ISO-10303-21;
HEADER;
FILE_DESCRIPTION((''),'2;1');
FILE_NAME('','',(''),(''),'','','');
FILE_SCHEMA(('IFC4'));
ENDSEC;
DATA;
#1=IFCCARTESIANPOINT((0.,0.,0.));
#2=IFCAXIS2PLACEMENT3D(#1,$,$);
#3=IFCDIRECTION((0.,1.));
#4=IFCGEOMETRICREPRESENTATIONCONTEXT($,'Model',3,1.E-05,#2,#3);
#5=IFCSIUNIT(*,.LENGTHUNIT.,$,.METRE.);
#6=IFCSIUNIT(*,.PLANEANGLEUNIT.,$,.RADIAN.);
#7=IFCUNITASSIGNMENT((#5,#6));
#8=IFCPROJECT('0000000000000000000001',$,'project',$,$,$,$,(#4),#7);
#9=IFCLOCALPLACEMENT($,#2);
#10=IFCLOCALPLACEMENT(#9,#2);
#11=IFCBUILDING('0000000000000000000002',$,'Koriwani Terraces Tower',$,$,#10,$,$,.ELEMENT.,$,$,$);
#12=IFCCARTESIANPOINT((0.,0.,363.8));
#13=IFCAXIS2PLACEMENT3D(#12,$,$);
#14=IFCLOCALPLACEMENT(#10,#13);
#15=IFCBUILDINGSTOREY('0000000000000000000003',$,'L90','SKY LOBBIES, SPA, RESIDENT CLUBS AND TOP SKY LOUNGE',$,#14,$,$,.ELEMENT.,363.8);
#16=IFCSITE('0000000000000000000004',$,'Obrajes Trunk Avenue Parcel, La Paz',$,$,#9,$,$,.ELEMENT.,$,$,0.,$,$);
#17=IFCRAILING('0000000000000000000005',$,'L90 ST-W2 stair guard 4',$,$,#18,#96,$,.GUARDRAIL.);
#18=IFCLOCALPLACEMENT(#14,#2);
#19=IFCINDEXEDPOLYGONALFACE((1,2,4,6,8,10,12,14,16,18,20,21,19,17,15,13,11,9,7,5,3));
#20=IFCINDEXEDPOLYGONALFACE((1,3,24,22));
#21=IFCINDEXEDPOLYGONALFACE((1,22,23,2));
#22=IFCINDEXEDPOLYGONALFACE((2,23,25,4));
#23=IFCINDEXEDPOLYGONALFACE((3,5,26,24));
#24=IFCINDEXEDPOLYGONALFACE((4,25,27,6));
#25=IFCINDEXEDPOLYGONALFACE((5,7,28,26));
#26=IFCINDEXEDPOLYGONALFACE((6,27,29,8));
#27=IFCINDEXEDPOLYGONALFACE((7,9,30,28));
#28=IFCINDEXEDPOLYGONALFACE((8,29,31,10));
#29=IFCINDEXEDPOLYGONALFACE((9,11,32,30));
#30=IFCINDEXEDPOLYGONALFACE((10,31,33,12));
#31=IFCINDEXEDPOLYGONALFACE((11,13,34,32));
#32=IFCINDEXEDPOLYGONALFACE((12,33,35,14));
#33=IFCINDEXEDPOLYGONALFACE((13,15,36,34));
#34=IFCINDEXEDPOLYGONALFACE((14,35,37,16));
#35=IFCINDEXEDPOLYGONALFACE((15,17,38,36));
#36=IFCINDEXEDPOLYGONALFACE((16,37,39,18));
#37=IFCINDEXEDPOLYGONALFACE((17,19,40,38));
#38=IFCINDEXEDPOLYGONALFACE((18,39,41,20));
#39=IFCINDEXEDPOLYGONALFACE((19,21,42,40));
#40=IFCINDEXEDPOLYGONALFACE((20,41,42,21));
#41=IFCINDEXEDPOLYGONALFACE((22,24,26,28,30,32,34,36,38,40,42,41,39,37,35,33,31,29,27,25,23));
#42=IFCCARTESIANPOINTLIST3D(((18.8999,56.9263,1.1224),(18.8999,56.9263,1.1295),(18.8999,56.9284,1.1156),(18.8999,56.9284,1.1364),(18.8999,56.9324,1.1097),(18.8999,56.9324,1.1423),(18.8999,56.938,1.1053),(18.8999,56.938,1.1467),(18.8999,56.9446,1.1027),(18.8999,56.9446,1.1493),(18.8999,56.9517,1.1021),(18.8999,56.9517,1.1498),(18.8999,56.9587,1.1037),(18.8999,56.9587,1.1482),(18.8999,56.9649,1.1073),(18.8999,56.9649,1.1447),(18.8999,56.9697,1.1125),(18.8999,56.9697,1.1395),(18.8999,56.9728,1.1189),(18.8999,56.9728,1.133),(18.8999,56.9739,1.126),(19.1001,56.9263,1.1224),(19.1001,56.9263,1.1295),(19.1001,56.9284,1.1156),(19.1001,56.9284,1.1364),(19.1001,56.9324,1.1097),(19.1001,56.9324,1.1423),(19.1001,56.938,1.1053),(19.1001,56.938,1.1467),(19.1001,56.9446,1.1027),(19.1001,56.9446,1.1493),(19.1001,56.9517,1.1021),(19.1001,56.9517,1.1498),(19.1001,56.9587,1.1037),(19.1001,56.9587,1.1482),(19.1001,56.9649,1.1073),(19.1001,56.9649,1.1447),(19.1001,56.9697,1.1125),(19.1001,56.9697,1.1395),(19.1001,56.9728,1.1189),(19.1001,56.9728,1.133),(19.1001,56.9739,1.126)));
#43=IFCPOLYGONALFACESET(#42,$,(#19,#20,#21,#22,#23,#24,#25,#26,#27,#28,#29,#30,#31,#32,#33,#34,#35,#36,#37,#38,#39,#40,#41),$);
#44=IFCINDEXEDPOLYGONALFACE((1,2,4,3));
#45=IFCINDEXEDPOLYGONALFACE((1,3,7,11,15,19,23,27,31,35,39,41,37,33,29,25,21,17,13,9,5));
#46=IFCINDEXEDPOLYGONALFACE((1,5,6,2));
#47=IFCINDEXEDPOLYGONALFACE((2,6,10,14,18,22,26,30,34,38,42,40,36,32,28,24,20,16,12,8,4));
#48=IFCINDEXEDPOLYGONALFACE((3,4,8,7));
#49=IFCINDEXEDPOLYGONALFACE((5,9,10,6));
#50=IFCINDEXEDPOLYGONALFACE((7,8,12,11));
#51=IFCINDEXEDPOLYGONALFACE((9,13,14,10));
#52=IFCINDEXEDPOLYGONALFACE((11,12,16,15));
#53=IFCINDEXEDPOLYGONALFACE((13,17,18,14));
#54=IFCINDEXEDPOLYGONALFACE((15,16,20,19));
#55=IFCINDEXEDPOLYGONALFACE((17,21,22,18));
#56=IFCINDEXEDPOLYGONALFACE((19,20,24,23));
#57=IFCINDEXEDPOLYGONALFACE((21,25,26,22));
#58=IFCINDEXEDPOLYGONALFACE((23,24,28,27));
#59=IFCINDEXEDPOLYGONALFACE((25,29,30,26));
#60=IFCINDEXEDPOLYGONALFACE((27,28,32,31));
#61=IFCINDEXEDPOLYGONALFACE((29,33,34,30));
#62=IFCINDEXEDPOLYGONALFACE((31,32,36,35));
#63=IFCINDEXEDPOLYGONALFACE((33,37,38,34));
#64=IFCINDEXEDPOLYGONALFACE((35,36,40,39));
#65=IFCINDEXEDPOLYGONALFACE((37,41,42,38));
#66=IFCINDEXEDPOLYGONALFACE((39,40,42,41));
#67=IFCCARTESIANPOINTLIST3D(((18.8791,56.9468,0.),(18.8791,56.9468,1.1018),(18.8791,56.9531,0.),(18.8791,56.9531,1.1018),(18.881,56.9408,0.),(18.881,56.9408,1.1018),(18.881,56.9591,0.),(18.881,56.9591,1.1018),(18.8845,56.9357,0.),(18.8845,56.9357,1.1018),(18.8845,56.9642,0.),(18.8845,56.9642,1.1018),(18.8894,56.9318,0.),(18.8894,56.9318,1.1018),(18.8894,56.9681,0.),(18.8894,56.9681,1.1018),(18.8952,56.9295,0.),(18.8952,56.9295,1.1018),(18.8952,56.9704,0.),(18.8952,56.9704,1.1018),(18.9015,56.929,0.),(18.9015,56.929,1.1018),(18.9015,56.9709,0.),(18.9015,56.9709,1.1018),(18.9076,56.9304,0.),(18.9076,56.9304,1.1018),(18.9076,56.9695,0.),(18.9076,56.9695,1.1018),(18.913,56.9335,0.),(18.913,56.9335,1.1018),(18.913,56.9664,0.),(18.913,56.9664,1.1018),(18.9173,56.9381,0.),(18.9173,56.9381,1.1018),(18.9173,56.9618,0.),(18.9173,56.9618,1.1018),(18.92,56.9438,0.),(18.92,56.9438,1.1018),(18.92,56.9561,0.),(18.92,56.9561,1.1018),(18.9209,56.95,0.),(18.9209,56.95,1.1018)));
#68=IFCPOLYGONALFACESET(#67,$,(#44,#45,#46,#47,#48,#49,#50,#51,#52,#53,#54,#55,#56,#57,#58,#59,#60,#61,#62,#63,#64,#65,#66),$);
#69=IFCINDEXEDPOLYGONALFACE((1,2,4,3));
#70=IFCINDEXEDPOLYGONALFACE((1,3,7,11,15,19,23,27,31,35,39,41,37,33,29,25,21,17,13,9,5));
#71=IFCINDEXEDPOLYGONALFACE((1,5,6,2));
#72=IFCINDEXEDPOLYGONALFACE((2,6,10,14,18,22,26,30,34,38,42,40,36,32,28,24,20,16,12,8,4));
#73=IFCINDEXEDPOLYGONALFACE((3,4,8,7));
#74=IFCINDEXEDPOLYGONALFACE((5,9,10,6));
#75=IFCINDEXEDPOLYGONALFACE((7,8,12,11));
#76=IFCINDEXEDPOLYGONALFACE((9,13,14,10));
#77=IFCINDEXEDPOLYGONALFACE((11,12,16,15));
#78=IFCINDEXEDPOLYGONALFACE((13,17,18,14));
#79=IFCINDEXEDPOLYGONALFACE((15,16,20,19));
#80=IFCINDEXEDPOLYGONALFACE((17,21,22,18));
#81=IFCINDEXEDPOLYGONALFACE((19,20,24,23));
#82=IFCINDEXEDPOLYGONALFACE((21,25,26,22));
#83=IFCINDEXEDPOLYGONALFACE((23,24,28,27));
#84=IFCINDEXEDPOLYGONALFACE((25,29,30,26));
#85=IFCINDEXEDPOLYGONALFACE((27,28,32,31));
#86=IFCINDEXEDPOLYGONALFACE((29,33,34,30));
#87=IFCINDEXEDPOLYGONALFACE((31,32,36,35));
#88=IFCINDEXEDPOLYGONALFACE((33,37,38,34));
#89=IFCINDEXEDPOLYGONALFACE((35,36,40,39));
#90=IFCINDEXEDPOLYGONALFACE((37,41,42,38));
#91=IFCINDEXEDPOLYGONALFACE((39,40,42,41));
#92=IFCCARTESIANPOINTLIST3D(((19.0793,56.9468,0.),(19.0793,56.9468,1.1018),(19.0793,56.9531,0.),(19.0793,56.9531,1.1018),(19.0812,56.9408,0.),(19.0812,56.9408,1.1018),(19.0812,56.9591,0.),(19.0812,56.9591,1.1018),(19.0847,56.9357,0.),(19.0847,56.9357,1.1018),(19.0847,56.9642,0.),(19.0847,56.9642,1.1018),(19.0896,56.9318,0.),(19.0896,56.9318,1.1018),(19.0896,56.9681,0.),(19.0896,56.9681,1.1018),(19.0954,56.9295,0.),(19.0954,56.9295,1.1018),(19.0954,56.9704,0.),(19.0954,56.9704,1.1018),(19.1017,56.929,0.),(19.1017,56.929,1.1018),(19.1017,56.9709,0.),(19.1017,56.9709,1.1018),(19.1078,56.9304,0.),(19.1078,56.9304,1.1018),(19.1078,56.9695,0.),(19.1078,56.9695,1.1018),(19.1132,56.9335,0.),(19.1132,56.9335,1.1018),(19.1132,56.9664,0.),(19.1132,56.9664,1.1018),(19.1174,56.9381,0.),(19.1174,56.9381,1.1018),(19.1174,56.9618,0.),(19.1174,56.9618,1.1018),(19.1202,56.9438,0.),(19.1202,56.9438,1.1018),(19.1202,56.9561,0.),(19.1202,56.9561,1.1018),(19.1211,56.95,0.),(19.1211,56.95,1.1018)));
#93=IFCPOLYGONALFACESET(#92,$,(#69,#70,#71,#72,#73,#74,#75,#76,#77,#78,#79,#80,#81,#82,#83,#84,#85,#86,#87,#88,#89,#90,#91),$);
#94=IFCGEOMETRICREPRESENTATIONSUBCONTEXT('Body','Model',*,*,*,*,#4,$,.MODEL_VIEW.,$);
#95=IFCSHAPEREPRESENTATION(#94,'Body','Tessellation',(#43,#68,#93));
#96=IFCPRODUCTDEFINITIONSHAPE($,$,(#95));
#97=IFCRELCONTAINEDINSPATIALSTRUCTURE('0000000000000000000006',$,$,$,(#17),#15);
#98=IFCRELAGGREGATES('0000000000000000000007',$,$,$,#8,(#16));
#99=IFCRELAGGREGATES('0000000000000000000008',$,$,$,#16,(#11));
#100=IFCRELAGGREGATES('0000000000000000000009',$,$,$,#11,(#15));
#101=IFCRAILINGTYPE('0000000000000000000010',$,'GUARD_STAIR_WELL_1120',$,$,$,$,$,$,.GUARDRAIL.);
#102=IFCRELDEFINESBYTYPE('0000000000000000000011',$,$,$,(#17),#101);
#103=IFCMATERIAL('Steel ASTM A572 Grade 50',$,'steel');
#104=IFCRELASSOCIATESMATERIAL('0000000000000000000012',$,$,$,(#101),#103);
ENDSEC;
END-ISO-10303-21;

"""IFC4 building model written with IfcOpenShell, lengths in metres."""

from ifc_helpers import new_model, si_unit, direction, frame, origin, origin_2d, place, context, subcontext, project, spatial, circle, extrude, material, type_object, element, save


model = new_model("IFC4")

# Units and contexts
model_context = context("Model", 3, precision=1e-05, world=origin(), true_north=direction((0.0, 1.0)))
body_context = subcontext(model_context, "Body", "Model", "MODEL_VIEW")
ifc_project = project(units=[si_unit("LENGTHUNIT", "METRE"), si_unit("PLANEANGLEUNIT", "RADIAN")], contexts=[model_context])

# Site, building, storey
site_placement = place(None, origin())
site = spatial("IfcSite", under=ifc_project, at=site_placement, Name="Obrajes Trunk Avenue Parcel, La Paz", CompositionType="ELEMENT", RefElevation=0.0)
building_placement = place(site_placement, origin())
building = spatial("IfcBuilding", under=site, at=building_placement, Name="Koriwani Terraces Tower", CompositionType="ELEMENT")
storey_placement = place(building_placement, frame((0.0, 0.0, 363.8)))
storey = spatial("IfcBuildingStorey", under=building, at=storey_placement, Name="L90", Description="SKY LOBBIES, SPA, RESIDENT CLUBS AND TOP SKY LOUNGE", CompositionType="ELEMENT", Elevation=363.8)

# Shared definitions
ifc_material_1 = material(Name="Steel ASTM A572 Grade 50", Category="steel")

# Railing
railing_type = type_object("IfcRailingType", Name="GUARD_STAIR_WELL_1120", PredefinedType="GUARDRAIL", material=ifc_material_1)
railing_placement = place(storey_placement, frame((18.8999, 56.95, 0.0)))
element("IfcRailing", 1, at=railing_placement, inside=storey, type_object=railing_type, Name="L90 ST-W2 stair guard 4", PredefinedType="GUARDRAIL", context=body_context, shape_type="SweptSolid", body=[
    extrude(circle(Radius=0.0239, at=origin_2d()), frame((0.0, 0.0, 1.126), z_axis=(1.0, 0.0, 0.0), x_axis=(0.0, 1.0, 0.0)), (0.0, 0.0, 1.0), 0.2002),
    extrude(circle(Radius=0.021, at=origin_2d()), origin(), (0.0, 0.0, 1.0), 1.1018),
    extrude(circle(Radius=0.021, at=origin_2d()), frame((0.2002, 0.0, 0.0)), (0.0, 0.0, 1.0), 1.1018),
])

save(model, "model.ifc")
